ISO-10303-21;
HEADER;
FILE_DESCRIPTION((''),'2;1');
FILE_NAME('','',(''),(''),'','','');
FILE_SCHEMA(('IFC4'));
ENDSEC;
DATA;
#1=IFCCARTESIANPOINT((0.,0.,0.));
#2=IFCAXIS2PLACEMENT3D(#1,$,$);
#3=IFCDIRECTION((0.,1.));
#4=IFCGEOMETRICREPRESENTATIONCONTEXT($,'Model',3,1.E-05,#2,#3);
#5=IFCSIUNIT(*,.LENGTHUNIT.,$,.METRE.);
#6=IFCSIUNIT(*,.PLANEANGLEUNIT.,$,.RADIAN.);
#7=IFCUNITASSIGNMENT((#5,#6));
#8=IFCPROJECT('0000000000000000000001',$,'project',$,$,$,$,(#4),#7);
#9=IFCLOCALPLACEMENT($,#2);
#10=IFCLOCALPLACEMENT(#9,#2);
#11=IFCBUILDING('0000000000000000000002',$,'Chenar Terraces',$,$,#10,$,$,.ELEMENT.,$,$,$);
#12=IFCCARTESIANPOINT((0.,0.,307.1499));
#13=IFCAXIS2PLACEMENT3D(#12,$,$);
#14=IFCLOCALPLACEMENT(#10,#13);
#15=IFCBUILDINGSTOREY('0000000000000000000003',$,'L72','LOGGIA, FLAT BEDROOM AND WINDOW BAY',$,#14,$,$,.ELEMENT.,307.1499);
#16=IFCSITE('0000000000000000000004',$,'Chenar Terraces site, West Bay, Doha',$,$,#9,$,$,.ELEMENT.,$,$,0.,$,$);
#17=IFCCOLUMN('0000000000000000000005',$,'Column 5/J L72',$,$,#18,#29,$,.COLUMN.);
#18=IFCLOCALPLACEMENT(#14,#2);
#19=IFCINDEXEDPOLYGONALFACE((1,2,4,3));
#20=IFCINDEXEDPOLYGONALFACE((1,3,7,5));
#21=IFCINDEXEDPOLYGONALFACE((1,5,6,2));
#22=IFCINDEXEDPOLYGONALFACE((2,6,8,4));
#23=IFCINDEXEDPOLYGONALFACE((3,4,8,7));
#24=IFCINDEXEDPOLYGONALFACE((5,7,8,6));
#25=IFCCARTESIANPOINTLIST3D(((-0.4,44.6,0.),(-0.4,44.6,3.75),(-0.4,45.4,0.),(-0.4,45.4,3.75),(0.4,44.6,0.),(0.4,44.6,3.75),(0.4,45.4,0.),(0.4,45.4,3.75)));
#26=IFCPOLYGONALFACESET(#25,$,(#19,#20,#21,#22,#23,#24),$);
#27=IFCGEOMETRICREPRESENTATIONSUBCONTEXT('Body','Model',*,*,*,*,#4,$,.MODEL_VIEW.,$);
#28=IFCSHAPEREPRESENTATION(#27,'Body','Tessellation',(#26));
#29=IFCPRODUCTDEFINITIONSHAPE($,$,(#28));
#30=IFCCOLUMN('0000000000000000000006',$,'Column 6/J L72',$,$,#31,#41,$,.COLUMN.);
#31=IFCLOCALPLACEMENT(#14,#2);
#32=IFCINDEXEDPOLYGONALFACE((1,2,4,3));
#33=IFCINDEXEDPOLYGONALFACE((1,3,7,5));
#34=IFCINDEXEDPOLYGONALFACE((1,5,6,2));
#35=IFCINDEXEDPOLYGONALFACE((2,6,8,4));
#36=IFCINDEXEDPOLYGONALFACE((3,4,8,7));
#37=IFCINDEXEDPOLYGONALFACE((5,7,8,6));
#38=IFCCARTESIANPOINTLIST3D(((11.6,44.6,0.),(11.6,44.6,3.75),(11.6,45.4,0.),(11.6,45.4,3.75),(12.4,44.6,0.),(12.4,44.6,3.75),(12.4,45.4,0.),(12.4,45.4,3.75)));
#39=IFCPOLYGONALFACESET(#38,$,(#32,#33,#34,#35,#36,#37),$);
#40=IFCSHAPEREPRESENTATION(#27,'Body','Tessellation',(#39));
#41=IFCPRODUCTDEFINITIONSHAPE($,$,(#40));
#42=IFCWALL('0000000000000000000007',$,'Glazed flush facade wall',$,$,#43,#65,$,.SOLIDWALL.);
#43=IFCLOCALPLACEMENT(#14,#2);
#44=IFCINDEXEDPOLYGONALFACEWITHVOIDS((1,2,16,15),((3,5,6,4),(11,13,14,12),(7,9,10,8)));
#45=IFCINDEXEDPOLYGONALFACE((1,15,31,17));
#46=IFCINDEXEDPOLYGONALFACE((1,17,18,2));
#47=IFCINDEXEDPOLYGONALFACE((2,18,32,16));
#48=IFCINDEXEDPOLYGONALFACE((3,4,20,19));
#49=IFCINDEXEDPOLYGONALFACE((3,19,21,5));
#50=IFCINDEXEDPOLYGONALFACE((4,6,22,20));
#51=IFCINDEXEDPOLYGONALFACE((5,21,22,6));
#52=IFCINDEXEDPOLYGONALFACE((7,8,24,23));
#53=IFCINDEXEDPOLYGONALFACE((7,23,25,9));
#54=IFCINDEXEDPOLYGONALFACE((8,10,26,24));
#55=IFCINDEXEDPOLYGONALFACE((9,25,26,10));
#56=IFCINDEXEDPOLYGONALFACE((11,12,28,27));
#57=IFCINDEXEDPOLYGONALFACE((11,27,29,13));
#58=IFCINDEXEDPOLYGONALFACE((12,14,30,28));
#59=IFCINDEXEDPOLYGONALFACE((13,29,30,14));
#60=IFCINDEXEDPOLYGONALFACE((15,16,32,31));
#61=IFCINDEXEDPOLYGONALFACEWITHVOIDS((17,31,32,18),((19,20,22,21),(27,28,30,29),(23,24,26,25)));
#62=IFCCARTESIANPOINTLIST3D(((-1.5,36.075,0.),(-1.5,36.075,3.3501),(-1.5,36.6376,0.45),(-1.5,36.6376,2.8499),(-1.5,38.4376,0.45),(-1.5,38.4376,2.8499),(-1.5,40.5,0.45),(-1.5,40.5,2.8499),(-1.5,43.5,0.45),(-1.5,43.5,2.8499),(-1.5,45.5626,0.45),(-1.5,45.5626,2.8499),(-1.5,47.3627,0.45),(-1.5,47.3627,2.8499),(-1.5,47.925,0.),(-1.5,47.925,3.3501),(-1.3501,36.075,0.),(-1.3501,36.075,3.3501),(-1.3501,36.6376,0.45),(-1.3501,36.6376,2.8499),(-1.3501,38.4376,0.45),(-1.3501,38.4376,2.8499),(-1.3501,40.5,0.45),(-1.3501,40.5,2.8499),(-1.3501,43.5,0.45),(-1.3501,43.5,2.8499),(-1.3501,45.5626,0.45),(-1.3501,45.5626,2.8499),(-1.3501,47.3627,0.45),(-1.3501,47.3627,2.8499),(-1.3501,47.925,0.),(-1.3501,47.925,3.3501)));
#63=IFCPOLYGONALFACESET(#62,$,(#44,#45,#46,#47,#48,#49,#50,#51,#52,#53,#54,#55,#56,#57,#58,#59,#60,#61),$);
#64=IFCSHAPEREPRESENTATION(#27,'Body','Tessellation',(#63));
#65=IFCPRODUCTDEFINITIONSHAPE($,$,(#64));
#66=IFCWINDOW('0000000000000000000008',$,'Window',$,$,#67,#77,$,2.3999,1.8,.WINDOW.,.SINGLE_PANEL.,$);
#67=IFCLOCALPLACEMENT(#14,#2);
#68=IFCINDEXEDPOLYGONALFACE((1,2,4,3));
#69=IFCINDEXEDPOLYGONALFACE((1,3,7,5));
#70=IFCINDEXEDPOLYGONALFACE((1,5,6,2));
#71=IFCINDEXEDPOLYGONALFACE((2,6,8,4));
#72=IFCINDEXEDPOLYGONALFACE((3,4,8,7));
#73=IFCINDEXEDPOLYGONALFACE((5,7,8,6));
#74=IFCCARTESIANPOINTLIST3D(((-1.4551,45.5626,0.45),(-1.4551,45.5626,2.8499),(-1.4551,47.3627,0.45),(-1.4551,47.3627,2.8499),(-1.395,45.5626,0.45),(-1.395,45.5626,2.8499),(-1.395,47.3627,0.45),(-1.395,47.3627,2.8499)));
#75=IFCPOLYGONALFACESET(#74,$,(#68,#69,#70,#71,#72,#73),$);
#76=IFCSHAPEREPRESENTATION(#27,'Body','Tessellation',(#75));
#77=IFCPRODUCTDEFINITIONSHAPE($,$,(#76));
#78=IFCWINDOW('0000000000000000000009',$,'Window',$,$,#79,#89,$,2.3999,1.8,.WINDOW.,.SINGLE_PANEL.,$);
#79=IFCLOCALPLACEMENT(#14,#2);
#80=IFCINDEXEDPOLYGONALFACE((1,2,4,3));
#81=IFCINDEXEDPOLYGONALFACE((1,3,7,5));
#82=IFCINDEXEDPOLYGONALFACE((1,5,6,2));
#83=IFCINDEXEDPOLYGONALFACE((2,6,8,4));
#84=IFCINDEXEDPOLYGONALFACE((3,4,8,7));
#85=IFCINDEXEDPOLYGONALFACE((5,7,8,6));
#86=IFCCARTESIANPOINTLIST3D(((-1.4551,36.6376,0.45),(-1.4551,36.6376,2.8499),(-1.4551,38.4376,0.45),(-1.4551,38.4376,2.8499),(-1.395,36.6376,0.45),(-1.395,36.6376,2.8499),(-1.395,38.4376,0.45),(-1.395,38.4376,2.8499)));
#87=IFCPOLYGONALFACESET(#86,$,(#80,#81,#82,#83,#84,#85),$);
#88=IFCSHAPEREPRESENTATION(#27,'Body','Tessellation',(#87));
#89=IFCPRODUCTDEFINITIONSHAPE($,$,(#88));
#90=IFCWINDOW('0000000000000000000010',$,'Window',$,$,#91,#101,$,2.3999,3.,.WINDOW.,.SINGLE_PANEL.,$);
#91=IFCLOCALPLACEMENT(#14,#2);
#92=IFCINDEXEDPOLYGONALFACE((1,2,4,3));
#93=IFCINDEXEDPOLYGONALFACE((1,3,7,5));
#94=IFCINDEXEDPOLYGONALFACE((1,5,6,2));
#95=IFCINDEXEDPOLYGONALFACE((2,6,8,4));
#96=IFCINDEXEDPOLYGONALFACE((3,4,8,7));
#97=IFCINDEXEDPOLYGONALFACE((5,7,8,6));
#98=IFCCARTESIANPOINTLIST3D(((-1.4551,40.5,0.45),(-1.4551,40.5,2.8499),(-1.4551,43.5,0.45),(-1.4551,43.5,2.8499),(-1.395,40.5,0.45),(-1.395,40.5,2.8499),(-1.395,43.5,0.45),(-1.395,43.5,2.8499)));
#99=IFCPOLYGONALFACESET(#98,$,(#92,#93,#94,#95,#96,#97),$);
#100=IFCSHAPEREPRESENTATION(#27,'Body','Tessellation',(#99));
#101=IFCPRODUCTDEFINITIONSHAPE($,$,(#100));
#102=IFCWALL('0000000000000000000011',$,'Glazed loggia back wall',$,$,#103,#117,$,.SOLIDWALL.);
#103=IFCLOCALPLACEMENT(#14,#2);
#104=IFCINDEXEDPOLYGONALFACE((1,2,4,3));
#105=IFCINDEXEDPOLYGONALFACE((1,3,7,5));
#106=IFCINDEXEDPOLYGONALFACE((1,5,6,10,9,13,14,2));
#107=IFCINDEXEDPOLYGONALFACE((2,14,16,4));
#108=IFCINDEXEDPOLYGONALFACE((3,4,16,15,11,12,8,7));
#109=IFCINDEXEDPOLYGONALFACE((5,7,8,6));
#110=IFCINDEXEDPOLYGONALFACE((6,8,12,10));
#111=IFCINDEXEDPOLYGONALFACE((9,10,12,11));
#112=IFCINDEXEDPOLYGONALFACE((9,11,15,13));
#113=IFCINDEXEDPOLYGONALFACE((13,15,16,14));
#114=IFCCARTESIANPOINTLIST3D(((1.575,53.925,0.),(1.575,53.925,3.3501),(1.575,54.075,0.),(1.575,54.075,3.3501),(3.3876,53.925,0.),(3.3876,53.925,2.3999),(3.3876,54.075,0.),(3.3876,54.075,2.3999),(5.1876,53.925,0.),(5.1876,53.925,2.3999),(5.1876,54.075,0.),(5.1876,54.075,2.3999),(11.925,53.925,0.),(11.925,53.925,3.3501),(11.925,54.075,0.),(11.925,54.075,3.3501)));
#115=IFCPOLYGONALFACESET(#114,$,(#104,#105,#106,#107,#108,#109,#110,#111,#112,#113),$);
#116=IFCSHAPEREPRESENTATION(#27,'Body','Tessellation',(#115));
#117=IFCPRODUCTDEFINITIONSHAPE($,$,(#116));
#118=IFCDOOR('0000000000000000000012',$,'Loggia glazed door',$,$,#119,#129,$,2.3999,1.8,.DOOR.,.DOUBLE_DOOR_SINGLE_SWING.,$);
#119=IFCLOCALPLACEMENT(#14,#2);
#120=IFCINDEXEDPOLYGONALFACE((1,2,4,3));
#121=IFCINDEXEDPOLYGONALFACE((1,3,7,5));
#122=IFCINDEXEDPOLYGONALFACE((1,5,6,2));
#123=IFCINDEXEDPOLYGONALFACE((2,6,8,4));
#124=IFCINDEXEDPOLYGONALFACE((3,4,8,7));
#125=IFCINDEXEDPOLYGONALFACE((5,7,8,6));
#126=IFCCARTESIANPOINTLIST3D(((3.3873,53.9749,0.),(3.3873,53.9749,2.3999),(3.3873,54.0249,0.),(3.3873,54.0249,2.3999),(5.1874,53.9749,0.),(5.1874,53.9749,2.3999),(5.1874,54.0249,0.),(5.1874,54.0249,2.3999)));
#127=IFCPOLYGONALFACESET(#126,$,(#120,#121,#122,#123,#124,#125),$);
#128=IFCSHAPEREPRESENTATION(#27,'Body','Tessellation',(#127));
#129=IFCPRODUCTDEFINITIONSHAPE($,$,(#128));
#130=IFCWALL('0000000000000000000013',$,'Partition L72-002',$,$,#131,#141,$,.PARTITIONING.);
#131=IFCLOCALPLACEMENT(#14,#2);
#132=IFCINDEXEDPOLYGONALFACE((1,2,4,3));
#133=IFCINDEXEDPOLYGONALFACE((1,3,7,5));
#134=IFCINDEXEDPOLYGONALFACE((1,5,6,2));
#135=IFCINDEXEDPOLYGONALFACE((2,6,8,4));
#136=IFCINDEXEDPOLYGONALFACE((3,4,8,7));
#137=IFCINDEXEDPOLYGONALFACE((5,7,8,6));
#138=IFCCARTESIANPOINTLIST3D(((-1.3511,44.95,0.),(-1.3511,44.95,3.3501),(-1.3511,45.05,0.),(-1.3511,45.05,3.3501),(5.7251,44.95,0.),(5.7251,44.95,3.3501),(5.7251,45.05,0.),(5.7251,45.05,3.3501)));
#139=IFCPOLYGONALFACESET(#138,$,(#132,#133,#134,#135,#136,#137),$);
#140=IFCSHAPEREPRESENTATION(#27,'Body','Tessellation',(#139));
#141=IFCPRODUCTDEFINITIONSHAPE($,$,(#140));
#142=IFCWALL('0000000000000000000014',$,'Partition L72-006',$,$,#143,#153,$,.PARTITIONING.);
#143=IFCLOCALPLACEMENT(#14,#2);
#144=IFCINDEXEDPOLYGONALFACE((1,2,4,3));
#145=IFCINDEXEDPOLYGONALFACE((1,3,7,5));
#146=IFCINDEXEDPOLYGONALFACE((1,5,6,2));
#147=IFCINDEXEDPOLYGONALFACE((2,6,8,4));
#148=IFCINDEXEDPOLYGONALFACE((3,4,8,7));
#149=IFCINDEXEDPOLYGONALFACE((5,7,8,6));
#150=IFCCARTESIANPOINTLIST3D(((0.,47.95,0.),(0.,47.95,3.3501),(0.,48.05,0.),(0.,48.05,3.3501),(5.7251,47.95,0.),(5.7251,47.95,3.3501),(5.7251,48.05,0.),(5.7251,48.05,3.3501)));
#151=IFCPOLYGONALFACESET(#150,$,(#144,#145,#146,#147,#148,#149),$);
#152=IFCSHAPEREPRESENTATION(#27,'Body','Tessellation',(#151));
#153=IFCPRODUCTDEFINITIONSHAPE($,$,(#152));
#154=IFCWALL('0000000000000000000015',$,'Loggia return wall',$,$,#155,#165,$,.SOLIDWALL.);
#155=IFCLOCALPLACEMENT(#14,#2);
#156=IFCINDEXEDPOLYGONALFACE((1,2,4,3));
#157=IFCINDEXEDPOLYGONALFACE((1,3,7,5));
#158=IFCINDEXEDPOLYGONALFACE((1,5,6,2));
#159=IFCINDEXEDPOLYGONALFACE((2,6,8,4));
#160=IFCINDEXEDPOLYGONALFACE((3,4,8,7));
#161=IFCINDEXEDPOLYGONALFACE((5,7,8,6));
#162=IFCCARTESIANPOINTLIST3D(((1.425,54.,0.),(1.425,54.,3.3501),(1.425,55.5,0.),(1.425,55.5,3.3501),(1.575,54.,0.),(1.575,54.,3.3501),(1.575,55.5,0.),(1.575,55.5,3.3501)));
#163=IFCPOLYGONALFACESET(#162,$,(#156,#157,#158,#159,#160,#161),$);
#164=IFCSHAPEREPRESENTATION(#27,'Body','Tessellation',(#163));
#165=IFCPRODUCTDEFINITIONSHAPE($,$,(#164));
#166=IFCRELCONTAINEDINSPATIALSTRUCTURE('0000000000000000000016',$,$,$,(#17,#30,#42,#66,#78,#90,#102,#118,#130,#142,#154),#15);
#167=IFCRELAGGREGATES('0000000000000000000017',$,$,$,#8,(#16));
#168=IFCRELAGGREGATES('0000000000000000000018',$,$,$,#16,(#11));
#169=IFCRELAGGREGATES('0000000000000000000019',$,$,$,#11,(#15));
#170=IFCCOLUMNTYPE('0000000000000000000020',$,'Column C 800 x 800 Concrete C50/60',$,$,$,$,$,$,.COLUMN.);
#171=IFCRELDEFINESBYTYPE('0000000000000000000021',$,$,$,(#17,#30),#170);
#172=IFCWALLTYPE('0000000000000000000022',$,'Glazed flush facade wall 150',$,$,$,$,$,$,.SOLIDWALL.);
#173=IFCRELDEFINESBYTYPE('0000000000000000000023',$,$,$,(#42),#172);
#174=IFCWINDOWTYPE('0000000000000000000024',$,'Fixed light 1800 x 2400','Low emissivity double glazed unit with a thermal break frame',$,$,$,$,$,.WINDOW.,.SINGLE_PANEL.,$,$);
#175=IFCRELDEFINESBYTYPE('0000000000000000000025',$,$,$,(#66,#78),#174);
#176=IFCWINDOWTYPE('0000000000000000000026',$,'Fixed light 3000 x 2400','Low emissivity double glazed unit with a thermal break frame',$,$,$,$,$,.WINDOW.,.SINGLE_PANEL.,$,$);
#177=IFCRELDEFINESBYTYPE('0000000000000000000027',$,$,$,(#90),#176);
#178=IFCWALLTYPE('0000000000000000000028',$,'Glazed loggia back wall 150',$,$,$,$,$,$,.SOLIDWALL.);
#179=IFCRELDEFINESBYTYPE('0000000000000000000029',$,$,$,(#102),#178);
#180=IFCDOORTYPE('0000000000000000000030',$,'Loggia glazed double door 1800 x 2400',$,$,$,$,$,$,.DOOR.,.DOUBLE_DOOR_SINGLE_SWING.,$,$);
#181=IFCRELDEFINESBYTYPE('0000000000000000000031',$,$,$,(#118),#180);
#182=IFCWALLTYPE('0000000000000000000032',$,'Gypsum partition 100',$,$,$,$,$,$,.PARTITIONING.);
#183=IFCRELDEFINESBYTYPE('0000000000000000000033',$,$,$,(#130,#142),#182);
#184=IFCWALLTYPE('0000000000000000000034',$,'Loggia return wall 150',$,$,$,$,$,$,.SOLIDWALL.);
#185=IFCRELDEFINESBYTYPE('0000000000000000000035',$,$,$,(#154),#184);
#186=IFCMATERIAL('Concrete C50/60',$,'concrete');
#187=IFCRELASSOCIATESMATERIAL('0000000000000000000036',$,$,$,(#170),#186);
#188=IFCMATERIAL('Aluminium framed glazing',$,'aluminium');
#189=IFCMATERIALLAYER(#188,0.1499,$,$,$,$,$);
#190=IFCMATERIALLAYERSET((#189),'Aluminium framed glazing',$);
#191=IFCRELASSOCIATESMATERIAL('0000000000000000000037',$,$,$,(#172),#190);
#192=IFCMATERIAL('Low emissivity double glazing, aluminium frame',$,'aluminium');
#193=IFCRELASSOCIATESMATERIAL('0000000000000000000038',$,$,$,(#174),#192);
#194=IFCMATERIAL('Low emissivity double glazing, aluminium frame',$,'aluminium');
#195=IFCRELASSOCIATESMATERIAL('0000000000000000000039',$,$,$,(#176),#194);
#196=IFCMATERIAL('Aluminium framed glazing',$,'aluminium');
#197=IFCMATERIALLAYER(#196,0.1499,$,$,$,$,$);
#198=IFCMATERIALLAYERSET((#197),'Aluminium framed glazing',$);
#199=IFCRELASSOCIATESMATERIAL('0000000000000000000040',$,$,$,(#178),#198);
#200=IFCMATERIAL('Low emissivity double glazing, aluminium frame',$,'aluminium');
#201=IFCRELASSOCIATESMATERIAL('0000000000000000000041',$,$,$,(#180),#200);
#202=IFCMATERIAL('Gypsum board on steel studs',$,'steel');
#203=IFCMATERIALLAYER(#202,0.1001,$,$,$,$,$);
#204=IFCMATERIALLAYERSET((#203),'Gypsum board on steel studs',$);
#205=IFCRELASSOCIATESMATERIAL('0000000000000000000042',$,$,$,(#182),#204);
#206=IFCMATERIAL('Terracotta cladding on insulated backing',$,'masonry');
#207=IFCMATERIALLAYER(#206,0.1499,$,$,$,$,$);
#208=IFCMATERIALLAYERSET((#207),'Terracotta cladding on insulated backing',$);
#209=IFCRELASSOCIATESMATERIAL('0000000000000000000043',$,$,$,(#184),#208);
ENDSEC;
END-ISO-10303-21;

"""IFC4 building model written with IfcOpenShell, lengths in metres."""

from ifc_helpers import new_model, si_unit, direction, frame, frame_2d, origin, origin_2d, place, context, subcontext, project, spatial, rectangle, extrude, material, layer, layer_set, material_profile, profile_set, type_object, element, fill, save


model = new_model("IFC4")

# Units and contexts
model_context = context("Model", 3, precision=1e-05, world=origin(), true_north=direction((0.0, 1.0)))
body_context = subcontext(model_context, "Body", "Model", "MODEL_VIEW")
ifc_project = project(units=[si_unit("LENGTHUNIT", "METRE"), si_unit("PLANEANGLEUNIT", "RADIAN")], contexts=[model_context])

# Site, building, storey
site_placement = place(None, origin())
site = spatial("IfcSite", under=ifc_project, at=site_placement, Name="Chenar Terraces site, West Bay, Doha", CompositionType="ELEMENT", RefElevation=0.0)
building_placement = place(site_placement, origin())
building = spatial("IfcBuilding", under=site, at=building_placement, Name="Chenar Terraces", CompositionType="ELEMENT")
storey_placement = place(building_placement, frame((0.0, 0.0, 307.1499)))
storey = spatial("IfcBuildingStorey", under=building, at=storey_placement, Name="L72", Description="LOGGIA, FLAT BEDROOM AND WINDOW BAY", CompositionType="ELEMENT", Elevation=307.1499)

# Columns
ifc_material_1 = material(Name="Concrete C50/60", Category="concrete")
ifc_material_profile = material_profile(ifc_material_1, rectangle(XDim=0.8, YDim=0.8, at=origin_2d()), Name="C 800 x 800")
ifc_profile_set = profile_set([ifc_material_profile], Name="Concrete C50/60")
column_type = type_object("IfcColumnType", Name="Column C 800 x 800 Concrete C50/60", PredefinedType="COLUMN", material=ifc_profile_set)
for number, where, z_axis, x_axis, name in (
    (1, (0.0, 45.0, 0.0), (0.0, 0.0, 1.0), (1.0, 0.0, 0.0), "Column 5/J L72"),
    (2, (12.0, 45.0, 0.0), (0.0, 0.0, 1.0), (1.0, 0.0, 0.0), "Column 6/J L72"),
):
    element("IfcColumn", number, at=place(storey_placement, frame(where, z_axis=z_axis, x_axis=x_axis)), inside=storey, type_object=column_type, Name=name, PredefinedType="COLUMN", context=body_context, shape_type="SweptSolid", body=[
        extrude(rectangle(XDim=0.8, YDim=0.8, at=origin_2d()), origin(), (0.0, 0.0, 1.0), 3.75),
    ])

# Wall, openings, windows
ifc_material_2 = material(Name="Aluminium framed glazing", Category="aluminium")
ifc_layer_1 = layer(ifc_material_2, 0.1499)
ifc_layer_set_1 = layer_set([ifc_layer_1], Name="Aluminium framed glazing")
wall_type_1 = type_object("IfcWallType", Name="Glazed flush facade wall 150", PredefinedType="SOLIDWALL", material=ifc_layer_set_1)
wall_1_placement = place(storey_placement, frame((-1.425, 47.925, 0.0), z_axis=(0.0, 0.0, 1.0), x_axis=(0.0, -1.0, 0.0)))
wall_1 = element("IfcWall", 3, at=wall_1_placement, inside=storey, type_object=wall_type_1, Name="Glazed flush facade wall", PredefinedType="SOLIDWALL", context=body_context, shape_type="SweptSolid", body=[
    extrude(rectangle(XDim=11.8501, YDim=0.1499, at=frame_2d((5.925, 0.0))), origin(), (0.0, 0.0, 1.0), 3.3501),
])
opening_1_placement = place(wall_1_placement, frame((0.5625, 0.0, 0.45)))
opening_1 = element("IfcOpeningElement", 4, at=opening_1_placement, cuts=wall_1, PredefinedType="OPENING", context=body_context, shape_type="SweptSolid", body=[
    extrude(rectangle(XDim=1.8, YDim=2.3999, at=frame_2d((0.8999, 1.2))), frame((0.0, 0.085, 0.0), z_axis=(0.0, -1.0, 0.0), x_axis=(1.0, 0.0, 0.0)), (0.0, 0.0, 1.0), 0.1699),
])
opening_2_placement = place(wall_1_placement, frame((4.425, 0.0, 0.45)))
opening_2 = element("IfcOpeningElement", 5, at=opening_2_placement, cuts=wall_1, PredefinedType="OPENING", context=body_context, shape_type="SweptSolid", body=[
    extrude(rectangle(XDim=3.0, YDim=2.3999, at=frame_2d((1.5, 1.2))), frame((0.0, 0.085, 0.0), z_axis=(0.0, -1.0, 0.0), x_axis=(1.0, 0.0, 0.0)), (0.0, 0.0, 1.0), 0.1699),
])
opening_3_placement = place(wall_1_placement, frame((9.4875, 0.0, 0.45)))
opening_3 = element("IfcOpeningElement", 6, at=opening_3_placement, cuts=wall_1, PredefinedType="OPENING", context=body_context, shape_type="SweptSolid", body=[
    extrude(rectangle(XDim=1.8, YDim=2.3999, at=frame_2d((0.8999, 1.2))), frame((0.0, 0.085, 0.0), z_axis=(0.0, -1.0, 0.0), x_axis=(1.0, 0.0, 0.0)), (0.0, 0.0, 1.0), 0.1699),
])
ifc_material_3 = material(Name="Low emissivity double glazing, aluminium frame", Category="aluminium")
window_type_1 = type_object("IfcWindowType", Name="Fixed light 1800 x 2400", Description="Low emissivity double glazed unit with a thermal break frame", PartitioningType="SINGLE_PANEL", PredefinedType="WINDOW", material=ifc_material_3)
window_1_placement = place(opening_1_placement, origin())
window_1 = element("IfcWindow", 7, at=window_1_placement, inside=storey, type_object=window_type_1, Name="Window", OverallHeight=2.3999, OverallWidth=1.8, PartitioningType="SINGLE_PANEL", PredefinedType="WINDOW", context=body_context, shape_type="SweptSolid", body=[
    extrude(rectangle(XDim=1.8, YDim=2.3999, at=frame_2d((0.8999, 1.2))), frame((0.0, 0.03, 0.0), z_axis=(0.0, -1.0, 0.0), x_axis=(1.0, 0.0, 0.0)), (0.0, 0.0, 1.0), 0.0601),
])
fill(opening_1, window_1)
window_2_placement = place(opening_3_placement, origin())
window_2 = element("IfcWindow", 8, at=window_2_placement, inside=storey, type_object=window_type_1, Name="Window", OverallHeight=2.3999, OverallWidth=1.8, PartitioningType="SINGLE_PANEL", PredefinedType="WINDOW", context=body_context, shape_type="SweptSolid", body=[
    extrude(rectangle(XDim=1.8, YDim=2.3999, at=frame_2d((0.8999, 1.2))), frame((0.0, 0.03, 0.0), z_axis=(0.0, -1.0, 0.0), x_axis=(1.0, 0.0, 0.0)), (0.0, 0.0, 1.0), 0.0601),
])
fill(opening_3, window_2)
ifc_material_4 = material(Name="Low emissivity double glazing, aluminium frame", Category="aluminium")
window_type_2 = type_object("IfcWindowType", Name="Fixed light 3000 x 2400", Description="Low emissivity double glazed unit with a thermal break frame", PartitioningType="SINGLE_PANEL", PredefinedType="WINDOW", material=ifc_material_4)
window_3_placement = place(opening_2_placement, origin())
window_3 = element("IfcWindow", 9, at=window_3_placement, inside=storey, type_object=window_type_2, Name="Window", OverallHeight=2.3999, OverallWidth=3.0, PartitioningType="SINGLE_PANEL", PredefinedType="WINDOW", context=body_context, shape_type="SweptSolid", body=[
    extrude(rectangle(XDim=3.0, YDim=2.3999, at=frame_2d((1.5, 1.2))), frame((0.0, 0.03, 0.0), z_axis=(0.0, -1.0, 0.0), x_axis=(1.0, 0.0, 0.0)), (0.0, 0.0, 1.0), 0.0601),
])
fill(opening_2, window_3)

# Wall, opening, door
ifc_material_5 = material(Name="Aluminium framed glazing", Category="aluminium")
ifc_layer_2 = layer(ifc_material_5, 0.1499)
ifc_layer_set_2 = layer_set([ifc_layer_2], Name="Aluminium framed glazing")
wall_type_2 = type_object("IfcWallType", Name="Glazed loggia back wall 150", PredefinedType="SOLIDWALL", material=ifc_layer_set_2)
wall_2_placement = place(storey_placement, frame((11.925, 54.0, 0.0), z_axis=(0.0, 0.0, 1.0), x_axis=(-1.0, 0.0, 0.0)))
wall_2 = element("IfcWall", 10, at=wall_2_placement, inside=storey, type_object=wall_type_2, Name="Glazed loggia back wall", PredefinedType="SOLIDWALL", context=body_context, shape_type="SweptSolid", body=[
    extrude(rectangle(XDim=10.3501, YDim=0.1499, at=frame_2d((5.175, 0.0))), origin(), (0.0, 0.0, 1.0), 3.3501),
])
opening_4_placement = place(wall_2_placement, frame((6.7375, 0.0, 0.0)))
opening_4 = element("IfcOpeningElement", 11, at=opening_4_placement, cuts=wall_2, PredefinedType="OPENING", context=body_context, shape_type="SweptSolid", body=[
    extrude(rectangle(XDim=1.8, YDim=2.3999, at=frame_2d((0.8999, 1.2))), frame((0.0, 0.085, 0.0), z_axis=(0.0, -1.0, 0.0), x_axis=(1.0, 0.0, 0.0)), (0.0, 0.0, 1.0), 0.1699),
])
ifc_material_6 = material(Name="Low emissivity double glazing, aluminium frame", Category="aluminium")
door_type = type_object("IfcDoorType", Name="Loggia glazed double door 1800 x 2400", OperationType="DOUBLE_DOOR_SINGLE_SWING", PredefinedType="DOOR", material=ifc_material_6)
door_1_placement = place(opening_4_placement, frame((1.8, 0.0, 0.0), z_axis=(0.0, 0.0, 1.0), x_axis=(-1.0, 0.0, 0.0)))
door_1 = element("IfcDoor", 12, at=door_1_placement, inside=storey, type_object=door_type, Name="Loggia glazed door", OperationType="DOUBLE_DOOR_SINGLE_SWING", OverallHeight=2.3999, OverallWidth=1.8, PredefinedType="DOOR", context=body_context, shape_type="SweptSolid", body=[
    extrude(rectangle(XDim=1.8, YDim=2.3999, at=frame_2d((0.8999, 1.2))), frame((0.0, 0.0249, 0.0), z_axis=(0.0, -1.0, 0.0), x_axis=(1.0, 0.0, 0.0)), (0.0, 0.0, 1.0), 0.05),
])
fill(opening_4, door_1)

# Walls
ifc_material_7 = material(Name="Gypsum board on steel studs", Category="steel")
ifc_layer_3 = layer(ifc_material_7, 0.1001)
ifc_layer_set_3 = layer_set([ifc_layer_3], Name="Gypsum board on steel studs")
wall_type_3 = type_object("IfcWallType", Name="Gypsum partition 100", PredefinedType="PARTITIONING", material=ifc_layer_set_3)
wall_3_placement = place(storey_placement, frame((-1.3511, 45.0, 0.0), z_axis=(0.0, 0.0, 1.0), x_axis=(1.0, 0.0, 0.0)))
element("IfcWall", 13, at=wall_3_placement, inside=storey, type_object=wall_type_3, Name="Partition L72-002", PredefinedType="PARTITIONING", context=body_context, shape_type="SweptSolid", body=[
    extrude(rectangle(XDim=7.0762, YDim=0.1001, at=frame_2d((3.5381, 0.0))), origin(), (0.0, 0.0, 1.0), 3.3501),
])
wall_4_placement = place(storey_placement, frame((0.0, 48.0, 0.0), z_axis=(0.0, 0.0, 1.0), x_axis=(1.0, 0.0, 0.0)))
element("IfcWall", 14, at=wall_4_placement, inside=storey, type_object=wall_type_3, Name="Partition L72-006", PredefinedType="PARTITIONING", context=body_context, shape_type="SweptSolid", body=[
    extrude(rectangle(XDim=5.7251, YDim=0.1001, at=frame_2d((2.8625, 0.0))), origin(), (0.0, 0.0, 1.0), 3.3501),
])
ifc_material_8 = material(Name="Terracotta cladding on insulated backing", Category="masonry")
ifc_layer_4 = layer(ifc_material_8, 0.1499)
ifc_layer_set_4 = layer_set([ifc_layer_4], Name="Terracotta cladding on insulated backing")
wall_type_4 = type_object("IfcWallType", Name="Loggia return wall 150", PredefinedType="SOLIDWALL", material=ifc_layer_set_4)
for number, where, z_axis, x_axis, name in (
    (15, (1.5, 55.5, 0.0), (0.0, 0.0, 1.0), (0.0, -1.0, 0.0), "Loggia return wall"),
):
    element("IfcWall", number, at=place(storey_placement, frame(where, z_axis=z_axis, x_axis=x_axis)), inside=storey, type_object=wall_type_4, Name=name, PredefinedType="SOLIDWALL", context=body_context, shape_type="SweptSolid", body=[
        extrude(rectangle(XDim=1.5, YDim=0.1499, at=frame_2d((0.75, 0.0))), origin(), (0.0, 0.0, 1.0), 3.3501),
    ])

save(model, "model.ifc")
